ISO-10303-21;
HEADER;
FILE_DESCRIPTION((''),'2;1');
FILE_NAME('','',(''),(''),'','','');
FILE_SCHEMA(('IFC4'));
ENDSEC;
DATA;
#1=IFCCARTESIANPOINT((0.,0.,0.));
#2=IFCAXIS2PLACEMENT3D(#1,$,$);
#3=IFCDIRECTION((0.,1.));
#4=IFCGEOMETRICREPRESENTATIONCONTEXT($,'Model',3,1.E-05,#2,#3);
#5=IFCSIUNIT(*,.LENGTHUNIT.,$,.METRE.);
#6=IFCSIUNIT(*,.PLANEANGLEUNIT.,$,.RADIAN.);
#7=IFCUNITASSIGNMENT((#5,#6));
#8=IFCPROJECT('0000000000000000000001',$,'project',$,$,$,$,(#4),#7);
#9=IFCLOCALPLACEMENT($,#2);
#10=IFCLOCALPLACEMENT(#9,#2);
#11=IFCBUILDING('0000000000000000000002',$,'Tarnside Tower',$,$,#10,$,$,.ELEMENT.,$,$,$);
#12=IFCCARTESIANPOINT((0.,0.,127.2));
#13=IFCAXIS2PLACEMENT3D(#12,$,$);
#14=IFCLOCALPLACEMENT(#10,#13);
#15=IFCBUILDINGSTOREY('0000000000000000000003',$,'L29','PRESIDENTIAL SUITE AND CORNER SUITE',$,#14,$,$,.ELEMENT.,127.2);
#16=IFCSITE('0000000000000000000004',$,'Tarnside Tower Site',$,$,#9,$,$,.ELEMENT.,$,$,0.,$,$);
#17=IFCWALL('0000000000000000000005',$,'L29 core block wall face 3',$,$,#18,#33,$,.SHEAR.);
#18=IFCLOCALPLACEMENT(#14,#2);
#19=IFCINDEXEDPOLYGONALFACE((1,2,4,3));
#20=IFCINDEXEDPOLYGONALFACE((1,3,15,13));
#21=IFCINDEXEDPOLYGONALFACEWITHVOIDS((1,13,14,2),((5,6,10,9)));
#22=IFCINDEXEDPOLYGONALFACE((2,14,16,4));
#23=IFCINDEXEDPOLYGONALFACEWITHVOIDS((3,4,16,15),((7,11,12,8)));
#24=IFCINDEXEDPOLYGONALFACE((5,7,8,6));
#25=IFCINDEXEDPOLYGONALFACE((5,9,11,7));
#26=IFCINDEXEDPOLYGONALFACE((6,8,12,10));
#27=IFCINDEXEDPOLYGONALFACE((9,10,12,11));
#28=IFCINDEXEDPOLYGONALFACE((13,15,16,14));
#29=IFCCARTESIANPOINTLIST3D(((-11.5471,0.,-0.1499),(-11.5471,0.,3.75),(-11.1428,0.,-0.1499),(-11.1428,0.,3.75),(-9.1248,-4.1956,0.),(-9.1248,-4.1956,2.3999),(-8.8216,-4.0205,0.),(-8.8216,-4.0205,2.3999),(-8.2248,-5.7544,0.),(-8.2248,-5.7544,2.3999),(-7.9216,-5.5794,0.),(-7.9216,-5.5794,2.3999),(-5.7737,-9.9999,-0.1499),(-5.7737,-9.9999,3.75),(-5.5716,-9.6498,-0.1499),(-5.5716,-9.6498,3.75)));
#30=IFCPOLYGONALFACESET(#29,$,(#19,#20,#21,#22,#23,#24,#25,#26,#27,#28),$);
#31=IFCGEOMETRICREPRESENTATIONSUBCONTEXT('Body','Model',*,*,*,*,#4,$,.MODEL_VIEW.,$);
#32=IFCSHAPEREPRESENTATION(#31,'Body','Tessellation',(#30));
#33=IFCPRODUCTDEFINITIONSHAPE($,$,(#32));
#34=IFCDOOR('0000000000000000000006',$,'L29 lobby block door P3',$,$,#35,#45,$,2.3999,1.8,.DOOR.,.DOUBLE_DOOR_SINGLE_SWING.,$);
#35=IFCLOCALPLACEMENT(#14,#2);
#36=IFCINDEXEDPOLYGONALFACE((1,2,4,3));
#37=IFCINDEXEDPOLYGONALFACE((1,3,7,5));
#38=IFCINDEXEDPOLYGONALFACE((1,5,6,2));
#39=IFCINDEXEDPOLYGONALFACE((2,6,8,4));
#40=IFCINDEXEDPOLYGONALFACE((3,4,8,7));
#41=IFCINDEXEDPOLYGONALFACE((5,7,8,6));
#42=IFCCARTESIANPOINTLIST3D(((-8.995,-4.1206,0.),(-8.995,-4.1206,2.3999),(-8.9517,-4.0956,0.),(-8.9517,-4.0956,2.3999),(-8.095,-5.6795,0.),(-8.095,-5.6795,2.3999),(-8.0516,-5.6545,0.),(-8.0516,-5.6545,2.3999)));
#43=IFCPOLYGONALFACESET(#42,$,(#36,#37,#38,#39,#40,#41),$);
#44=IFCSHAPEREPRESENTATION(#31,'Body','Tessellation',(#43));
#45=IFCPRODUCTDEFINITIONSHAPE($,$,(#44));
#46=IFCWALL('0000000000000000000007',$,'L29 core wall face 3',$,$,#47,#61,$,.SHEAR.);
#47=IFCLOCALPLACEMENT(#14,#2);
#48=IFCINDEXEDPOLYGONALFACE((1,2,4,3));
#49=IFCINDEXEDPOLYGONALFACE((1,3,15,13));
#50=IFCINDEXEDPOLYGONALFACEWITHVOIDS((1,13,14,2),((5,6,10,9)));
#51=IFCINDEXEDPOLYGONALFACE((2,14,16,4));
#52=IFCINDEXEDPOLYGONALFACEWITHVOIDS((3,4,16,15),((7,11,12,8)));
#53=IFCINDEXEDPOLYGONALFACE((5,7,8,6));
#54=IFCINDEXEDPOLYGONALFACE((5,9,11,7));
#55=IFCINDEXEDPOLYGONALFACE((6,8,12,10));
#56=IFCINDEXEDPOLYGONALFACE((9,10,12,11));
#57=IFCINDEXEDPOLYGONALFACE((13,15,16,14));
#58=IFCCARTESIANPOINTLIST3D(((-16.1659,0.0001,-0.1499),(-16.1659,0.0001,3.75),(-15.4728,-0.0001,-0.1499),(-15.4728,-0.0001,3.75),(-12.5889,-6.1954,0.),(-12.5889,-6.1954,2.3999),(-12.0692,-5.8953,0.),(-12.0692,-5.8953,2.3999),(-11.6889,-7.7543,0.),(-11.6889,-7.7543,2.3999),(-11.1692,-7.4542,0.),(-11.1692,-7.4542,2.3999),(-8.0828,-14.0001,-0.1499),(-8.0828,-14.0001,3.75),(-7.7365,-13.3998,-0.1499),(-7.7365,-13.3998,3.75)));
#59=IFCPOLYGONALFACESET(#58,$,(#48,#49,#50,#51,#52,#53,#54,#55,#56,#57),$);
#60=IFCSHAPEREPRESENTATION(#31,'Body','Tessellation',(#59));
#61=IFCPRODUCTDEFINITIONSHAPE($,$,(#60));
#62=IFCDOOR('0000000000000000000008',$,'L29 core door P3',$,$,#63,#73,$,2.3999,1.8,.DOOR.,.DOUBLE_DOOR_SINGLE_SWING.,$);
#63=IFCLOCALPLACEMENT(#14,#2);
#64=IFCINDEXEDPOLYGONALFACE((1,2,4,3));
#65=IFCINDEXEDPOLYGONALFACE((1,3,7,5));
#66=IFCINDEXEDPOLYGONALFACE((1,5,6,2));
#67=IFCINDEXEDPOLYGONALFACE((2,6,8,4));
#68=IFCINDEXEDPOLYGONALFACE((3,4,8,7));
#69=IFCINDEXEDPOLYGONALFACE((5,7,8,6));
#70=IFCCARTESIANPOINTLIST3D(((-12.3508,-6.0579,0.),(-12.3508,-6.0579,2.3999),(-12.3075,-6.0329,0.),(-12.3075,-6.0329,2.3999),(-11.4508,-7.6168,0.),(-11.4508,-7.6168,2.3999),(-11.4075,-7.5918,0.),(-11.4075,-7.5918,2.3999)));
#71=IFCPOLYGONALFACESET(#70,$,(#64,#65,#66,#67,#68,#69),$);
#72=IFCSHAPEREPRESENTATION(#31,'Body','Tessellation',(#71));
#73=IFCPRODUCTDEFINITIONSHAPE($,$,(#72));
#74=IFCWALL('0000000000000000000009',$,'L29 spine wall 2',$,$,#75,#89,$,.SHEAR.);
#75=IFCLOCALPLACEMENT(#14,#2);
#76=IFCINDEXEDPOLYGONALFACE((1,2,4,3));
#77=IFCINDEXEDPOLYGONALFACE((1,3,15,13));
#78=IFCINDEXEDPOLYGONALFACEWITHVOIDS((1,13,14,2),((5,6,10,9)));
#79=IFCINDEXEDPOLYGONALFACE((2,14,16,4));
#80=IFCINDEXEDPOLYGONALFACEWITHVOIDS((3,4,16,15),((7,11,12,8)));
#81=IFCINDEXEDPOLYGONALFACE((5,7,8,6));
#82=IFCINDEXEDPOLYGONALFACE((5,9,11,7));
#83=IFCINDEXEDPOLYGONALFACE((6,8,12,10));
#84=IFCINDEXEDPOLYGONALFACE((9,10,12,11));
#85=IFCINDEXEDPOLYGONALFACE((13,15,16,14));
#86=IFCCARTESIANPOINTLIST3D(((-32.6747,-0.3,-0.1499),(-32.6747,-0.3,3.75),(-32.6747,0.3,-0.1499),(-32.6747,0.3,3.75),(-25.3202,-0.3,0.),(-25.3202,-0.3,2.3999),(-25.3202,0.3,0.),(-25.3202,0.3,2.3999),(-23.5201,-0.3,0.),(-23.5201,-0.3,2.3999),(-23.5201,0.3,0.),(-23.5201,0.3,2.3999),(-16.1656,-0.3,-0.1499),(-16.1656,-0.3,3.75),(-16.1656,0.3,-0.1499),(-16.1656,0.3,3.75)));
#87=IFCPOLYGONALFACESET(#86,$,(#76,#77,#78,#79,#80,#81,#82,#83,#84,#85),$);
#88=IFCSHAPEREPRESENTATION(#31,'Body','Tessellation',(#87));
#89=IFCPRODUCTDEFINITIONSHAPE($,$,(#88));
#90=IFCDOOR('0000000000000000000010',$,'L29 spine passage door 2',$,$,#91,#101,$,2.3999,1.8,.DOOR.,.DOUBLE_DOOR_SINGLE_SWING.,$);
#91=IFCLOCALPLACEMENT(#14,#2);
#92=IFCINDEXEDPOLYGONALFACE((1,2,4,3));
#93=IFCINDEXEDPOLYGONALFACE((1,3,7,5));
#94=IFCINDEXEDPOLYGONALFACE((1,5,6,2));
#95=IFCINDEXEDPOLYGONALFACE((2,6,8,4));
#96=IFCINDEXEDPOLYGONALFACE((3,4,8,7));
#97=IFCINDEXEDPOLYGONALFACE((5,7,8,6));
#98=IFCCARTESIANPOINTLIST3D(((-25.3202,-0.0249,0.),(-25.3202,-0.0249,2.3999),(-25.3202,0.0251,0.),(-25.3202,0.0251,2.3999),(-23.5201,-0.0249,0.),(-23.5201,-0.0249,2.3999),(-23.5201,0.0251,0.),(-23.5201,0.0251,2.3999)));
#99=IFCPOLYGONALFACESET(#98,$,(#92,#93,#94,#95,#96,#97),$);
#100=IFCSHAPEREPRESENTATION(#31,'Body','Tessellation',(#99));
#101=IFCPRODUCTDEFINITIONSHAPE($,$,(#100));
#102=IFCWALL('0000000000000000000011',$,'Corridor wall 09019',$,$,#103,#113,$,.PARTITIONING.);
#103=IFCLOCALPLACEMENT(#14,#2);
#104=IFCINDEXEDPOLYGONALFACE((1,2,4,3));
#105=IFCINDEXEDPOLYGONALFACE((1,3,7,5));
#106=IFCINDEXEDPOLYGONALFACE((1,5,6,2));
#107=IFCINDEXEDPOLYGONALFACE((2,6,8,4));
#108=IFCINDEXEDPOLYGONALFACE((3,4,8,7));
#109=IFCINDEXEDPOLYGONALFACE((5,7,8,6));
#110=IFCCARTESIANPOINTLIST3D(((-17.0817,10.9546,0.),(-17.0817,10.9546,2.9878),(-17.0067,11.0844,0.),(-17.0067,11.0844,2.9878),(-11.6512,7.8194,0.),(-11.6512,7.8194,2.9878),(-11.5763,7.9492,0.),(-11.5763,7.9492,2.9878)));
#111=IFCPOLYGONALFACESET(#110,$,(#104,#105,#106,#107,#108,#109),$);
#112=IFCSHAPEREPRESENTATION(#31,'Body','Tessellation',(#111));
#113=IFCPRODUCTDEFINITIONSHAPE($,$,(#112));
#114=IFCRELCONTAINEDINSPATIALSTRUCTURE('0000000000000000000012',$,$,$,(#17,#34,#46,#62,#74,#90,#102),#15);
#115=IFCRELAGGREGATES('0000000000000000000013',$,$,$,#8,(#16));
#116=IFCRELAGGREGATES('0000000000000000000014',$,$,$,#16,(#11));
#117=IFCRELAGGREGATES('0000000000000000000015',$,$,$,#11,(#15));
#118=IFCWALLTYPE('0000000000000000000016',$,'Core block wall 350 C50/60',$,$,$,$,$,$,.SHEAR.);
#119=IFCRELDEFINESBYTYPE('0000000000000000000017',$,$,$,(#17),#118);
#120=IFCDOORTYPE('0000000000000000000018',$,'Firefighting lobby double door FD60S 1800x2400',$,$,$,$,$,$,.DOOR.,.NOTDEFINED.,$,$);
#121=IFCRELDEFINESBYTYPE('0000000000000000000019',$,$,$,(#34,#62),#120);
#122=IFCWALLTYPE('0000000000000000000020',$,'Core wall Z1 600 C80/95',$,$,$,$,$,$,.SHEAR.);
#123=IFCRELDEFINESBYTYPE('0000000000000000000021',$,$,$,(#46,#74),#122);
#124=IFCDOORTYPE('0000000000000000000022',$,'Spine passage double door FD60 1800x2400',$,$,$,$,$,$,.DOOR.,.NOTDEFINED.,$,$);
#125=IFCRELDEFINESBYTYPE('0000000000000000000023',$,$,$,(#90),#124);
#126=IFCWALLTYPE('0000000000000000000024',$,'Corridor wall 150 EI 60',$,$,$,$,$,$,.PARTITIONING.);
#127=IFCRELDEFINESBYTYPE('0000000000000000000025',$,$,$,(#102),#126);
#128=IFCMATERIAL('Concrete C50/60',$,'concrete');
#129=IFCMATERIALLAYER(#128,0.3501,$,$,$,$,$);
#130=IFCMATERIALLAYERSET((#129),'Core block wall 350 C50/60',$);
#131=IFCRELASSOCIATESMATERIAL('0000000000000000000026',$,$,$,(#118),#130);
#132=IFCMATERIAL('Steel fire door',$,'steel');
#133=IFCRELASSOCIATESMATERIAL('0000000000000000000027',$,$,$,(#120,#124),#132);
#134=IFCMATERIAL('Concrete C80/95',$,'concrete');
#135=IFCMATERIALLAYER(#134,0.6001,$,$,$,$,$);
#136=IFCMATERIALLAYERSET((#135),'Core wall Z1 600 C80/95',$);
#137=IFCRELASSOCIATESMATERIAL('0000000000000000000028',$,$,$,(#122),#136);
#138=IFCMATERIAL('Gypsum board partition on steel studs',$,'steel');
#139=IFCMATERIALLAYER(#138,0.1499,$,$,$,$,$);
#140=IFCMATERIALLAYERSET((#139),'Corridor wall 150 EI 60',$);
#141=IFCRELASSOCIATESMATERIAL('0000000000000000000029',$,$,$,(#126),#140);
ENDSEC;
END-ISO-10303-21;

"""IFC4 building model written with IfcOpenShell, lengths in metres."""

from ifc_helpers import new_model, si_unit, direction, frame, frame_2d, origin, place, context, subcontext, project, spatial, polyline, rectangle, outline, extrude, material, layer, layer_set, type_object, element, fill, save


model = new_model("IFC4")

# Units and contexts
model_context = context("Model", 3, precision=1e-05, world=origin(), true_north=direction((0.0, 1.0)))
body_context = subcontext(model_context, "Body", "Model", "MODEL_VIEW")
ifc_project = project(units=[si_unit("LENGTHUNIT", "METRE"), si_unit("PLANEANGLEUNIT", "RADIAN")], contexts=[model_context])

# Site, building, storey
site_placement = place(None, origin())
site = spatial("IfcSite", under=ifc_project, at=site_placement, Name="Tarnside Tower Site", CompositionType="ELEMENT", RefElevation=0.0)
building_placement = place(site_placement, origin())
building = spatial("IfcBuilding", under=site, at=building_placement, Name="Tarnside Tower", CompositionType="ELEMENT")
storey_placement = place(building_placement, frame((0.0, 0.0, 127.2)))
storey = spatial("IfcBuildingStorey", under=building, at=storey_placement, Name="L29", Description="PRESIDENTIAL SUITE AND CORNER SUITE", CompositionType="ELEMENT", Elevation=127.2)

# Walls, openings, doors
ifc_material_1 = material(Name="Concrete C50/60", Category="concrete")
ifc_layer_1 = layer(ifc_material_1, 0.3501)
ifc_layer_set_1 = layer_set([ifc_layer_1], Name="Core block wall 350 C50/60")
wall_type_1 = type_object("IfcWallType", Name="Core block wall 350 C50/60", PredefinedType="SHEAR", material=ifc_layer_set_1)
wall_1_placement = place(storey_placement, frame((-11.345, 0.0, -0.1499), z_axis=(0.0, 0.0, 1.0), x_axis=(0.499995, -0.866028, 0.0)))
wall_1 = element("IfcWall", 1, at=wall_1_placement, inside=storey, type_object=wall_type_1, Name="L29 core block wall face 3", PredefinedType="SHEAR", context=body_context, shape_type="SweptSolid", body=[
    extrude(outline(polyline([(-0.1011, -0.175), (11.4458, -0.175), (11.2437, 0.175), (0.1011, 0.175), (-0.1011, -0.175)])), origin(), (0.0, 0.0, 1.0), 3.8999),
])
opening_1_placement = place(wall_1_placement, frame((4.7437, 0.0, 0.1499)))
opening_1 = element("IfcOpeningElement", 2, at=opening_1_placement, cuts=wall_1, PredefinedType="OPENING", context=body_context, shape_type="SweptSolid", body=[
    extrude(rectangle(XDim=1.8, YDim=2.3999, at=frame_2d((0.8999, 1.2))), frame((0.0, 0.1851, 0.0), z_axis=(0.0, -1.0, 0.0), x_axis=(1.0, 0.0, 0.0)), (0.0, 0.0, 1.0), 0.3701),
])
ifc_material_2 = material(Name="Steel fire door", Category="steel")
door_type_1 = type_object("IfcDoorType", Name="Firefighting lobby double door FD60S 1800x2400", OperationType="NOTDEFINED", PredefinedType="DOOR", material=ifc_material_2)
door_1_placement = place(opening_1_placement, origin())
door_1 = element("IfcDoor", 3, at=door_1_placement, inside=storey, type_object=door_type_1, Name="L29 lobby block door P3", OperationType="DOUBLE_DOOR_SINGLE_SWING", OverallHeight=2.3999, OverallWidth=1.8, PredefinedType="DOOR", context=body_context, shape_type="SweptSolid", body=[
    extrude(rectangle(XDim=1.8, YDim=2.3999, at=frame_2d((0.8999, 1.2))), frame((0.0, 0.0249, 0.0), z_axis=(0.0, -1.0, 0.0), x_axis=(1.0, 0.0, 0.0)), (0.0, 0.0, 1.0), 0.05),
])
fill(opening_1, door_1)
ifc_material_3 = material(Name="Concrete C80/95", Category="concrete")
ifc_layer_2 = layer(ifc_material_3, 0.6001)
ifc_layer_set_2 = layer_set([ifc_layer_2], Name="Core wall Z1 600 C80/95")
wall_type_2 = type_object("IfcWallType", Name="Core wall Z1 600 C80/95", PredefinedType="SHEAR", material=ifc_layer_set_2)
wall_2_placement = place(storey_placement, frame((-15.8193, 0.0, -0.1499), z_axis=(0.0, 0.0, 1.0), x_axis=(0.5, -0.866025, 0.0)))
wall_2 = element("IfcWall", 4, at=wall_2_placement, inside=storey, type_object=wall_type_2, Name="L29 core wall face 3", PredefinedType="SHEAR", context=body_context, shape_type="SweptSolid", body=[
    extrude(outline(polyline([(-0.1733, -0.3), (15.9927, -0.3), (15.646, 0.3), (0.1733, 0.3), (-0.1733, -0.3)])), origin(), (0.0, 0.0, 1.0), 3.8999),
])
opening_2_placement = place(wall_2_placement, frame((6.9807, 0.0, 0.1499)))
opening_2 = element("IfcOpeningElement", 5, at=opening_2_placement, cuts=wall_2, PredefinedType="OPENING", context=body_context, shape_type="SweptSolid", body=[
    extrude(rectangle(XDim=1.8, YDim=2.3999, at=frame_2d((0.8999, 1.2))), frame((0.0, 0.3101, 0.0), z_axis=(0.0, -1.0, 0.0), x_axis=(1.0, 0.0, 0.0)), (0.0, 0.0, 1.0), 0.6201),
])
door_2_placement = place(opening_2_placement, origin())
door_2 = element("IfcDoor", 6, at=door_2_placement, inside=storey, type_object=door_type_1, Name="L29 core door P3", OperationType="DOUBLE_DOOR_SINGLE_SWING", OverallHeight=2.3999, OverallWidth=1.8, PredefinedType="DOOR", context=body_context, shape_type="SweptSolid", body=[
    extrude(rectangle(XDim=1.8, YDim=2.3999, at=frame_2d((0.8999, 1.2))), frame((0.0, 0.0249, 0.0), z_axis=(0.0, -1.0, 0.0), x_axis=(1.0, 0.0, 0.0)), (0.0, 0.0, 1.0), 0.05),
])
fill(opening_2, door_2)
wall_3_placement = place(storey_placement, frame((-16.1658, 0.0, -0.1499), z_axis=(0.0, 0.0, 1.0), x_axis=(-1.0, 0.0, 0.0)))
wall_3 = element("IfcWall", 7, at=wall_3_placement, inside=storey, type_object=wall_type_2, Name="L29 spine wall 2", PredefinedType="SHEAR", context=body_context, shape_type="SweptSolid", body=[
    extrude(rectangle(XDim=16.509, YDim=0.6001, at=frame_2d((8.2544, 0.0))), origin(), (0.0, 0.0, 1.0), 3.8999),
])
opening_3_placement = place(wall_3_placement, frame((7.3545, 0.0, 0.1499)))
opening_3 = element("IfcOpeningElement", 8, at=opening_3_placement, cuts=wall_3, PredefinedType="OPENING", context=body_context, shape_type="SweptSolid", body=[
    extrude(rectangle(XDim=1.8, YDim=2.3999, at=frame_2d((0.8999, 1.2))), frame((0.0, 0.3101, 0.0), z_axis=(0.0, -1.0, 0.0), x_axis=(1.0, 0.0, 0.0)), (0.0, 0.0, 1.0), 0.6201),
])
door_type_2 = type_object("IfcDoorType", Name="Spine passage double door FD60 1800x2400", OperationType="NOTDEFINED", PredefinedType="DOOR", material=ifc_material_2)
door_3_placement = place(opening_3_placement, origin())
door_3 = element("IfcDoor", 9, at=door_3_placement, inside=storey, type_object=door_type_2, Name="L29 spine passage door 2", OperationType="DOUBLE_DOOR_SINGLE_SWING", OverallHeight=2.3999, OverallWidth=1.8, PredefinedType="DOOR", context=body_context, shape_type="SweptSolid", body=[
    extrude(rectangle(XDim=1.8, YDim=2.3999, at=frame_2d((0.8999, 1.2))), frame((0.0, 0.0249, 0.0), z_axis=(0.0, -1.0, 0.0), x_axis=(1.0, 0.0, 0.0)), (0.0, 0.0, 1.0), 0.05),
])
fill(opening_3, door_3)

# Wall
ifc_material_4 = material(Name="Gypsum board partition on steel studs", Category="steel")
ifc_layer_3 = layer(ifc_material_4, 0.1499)
ifc_layer_set_3 = layer_set([ifc_layer_3], Name="Corridor wall 150 EI 60")
wall_type_3 = type_object("IfcWallType", Name="Corridor wall 150 EI 60", PredefinedType="PARTITIONING", material=ifc_layer_set_3)
wall_4_placement = place(storey_placement, frame((-11.6138, 7.8843, 0.0), z_axis=(0.0, 0.0, 1.0), x_axis=(-0.866025, 0.5, 0.0)))
element("IfcWall", 10, at=wall_4_placement, inside=storey, type_object=wall_type_3, Name="Corridor wall 09019", PredefinedType="PARTITIONING", context=body_context, shape_type="SweptSolid", body=[
    extrude(rectangle(XDim=6.2705, YDim=0.1499, at=frame_2d((3.1353, 0.0))), origin(), (0.0, 0.0, 1.0), 2.9878),
])

save(model, "model.ifc")
